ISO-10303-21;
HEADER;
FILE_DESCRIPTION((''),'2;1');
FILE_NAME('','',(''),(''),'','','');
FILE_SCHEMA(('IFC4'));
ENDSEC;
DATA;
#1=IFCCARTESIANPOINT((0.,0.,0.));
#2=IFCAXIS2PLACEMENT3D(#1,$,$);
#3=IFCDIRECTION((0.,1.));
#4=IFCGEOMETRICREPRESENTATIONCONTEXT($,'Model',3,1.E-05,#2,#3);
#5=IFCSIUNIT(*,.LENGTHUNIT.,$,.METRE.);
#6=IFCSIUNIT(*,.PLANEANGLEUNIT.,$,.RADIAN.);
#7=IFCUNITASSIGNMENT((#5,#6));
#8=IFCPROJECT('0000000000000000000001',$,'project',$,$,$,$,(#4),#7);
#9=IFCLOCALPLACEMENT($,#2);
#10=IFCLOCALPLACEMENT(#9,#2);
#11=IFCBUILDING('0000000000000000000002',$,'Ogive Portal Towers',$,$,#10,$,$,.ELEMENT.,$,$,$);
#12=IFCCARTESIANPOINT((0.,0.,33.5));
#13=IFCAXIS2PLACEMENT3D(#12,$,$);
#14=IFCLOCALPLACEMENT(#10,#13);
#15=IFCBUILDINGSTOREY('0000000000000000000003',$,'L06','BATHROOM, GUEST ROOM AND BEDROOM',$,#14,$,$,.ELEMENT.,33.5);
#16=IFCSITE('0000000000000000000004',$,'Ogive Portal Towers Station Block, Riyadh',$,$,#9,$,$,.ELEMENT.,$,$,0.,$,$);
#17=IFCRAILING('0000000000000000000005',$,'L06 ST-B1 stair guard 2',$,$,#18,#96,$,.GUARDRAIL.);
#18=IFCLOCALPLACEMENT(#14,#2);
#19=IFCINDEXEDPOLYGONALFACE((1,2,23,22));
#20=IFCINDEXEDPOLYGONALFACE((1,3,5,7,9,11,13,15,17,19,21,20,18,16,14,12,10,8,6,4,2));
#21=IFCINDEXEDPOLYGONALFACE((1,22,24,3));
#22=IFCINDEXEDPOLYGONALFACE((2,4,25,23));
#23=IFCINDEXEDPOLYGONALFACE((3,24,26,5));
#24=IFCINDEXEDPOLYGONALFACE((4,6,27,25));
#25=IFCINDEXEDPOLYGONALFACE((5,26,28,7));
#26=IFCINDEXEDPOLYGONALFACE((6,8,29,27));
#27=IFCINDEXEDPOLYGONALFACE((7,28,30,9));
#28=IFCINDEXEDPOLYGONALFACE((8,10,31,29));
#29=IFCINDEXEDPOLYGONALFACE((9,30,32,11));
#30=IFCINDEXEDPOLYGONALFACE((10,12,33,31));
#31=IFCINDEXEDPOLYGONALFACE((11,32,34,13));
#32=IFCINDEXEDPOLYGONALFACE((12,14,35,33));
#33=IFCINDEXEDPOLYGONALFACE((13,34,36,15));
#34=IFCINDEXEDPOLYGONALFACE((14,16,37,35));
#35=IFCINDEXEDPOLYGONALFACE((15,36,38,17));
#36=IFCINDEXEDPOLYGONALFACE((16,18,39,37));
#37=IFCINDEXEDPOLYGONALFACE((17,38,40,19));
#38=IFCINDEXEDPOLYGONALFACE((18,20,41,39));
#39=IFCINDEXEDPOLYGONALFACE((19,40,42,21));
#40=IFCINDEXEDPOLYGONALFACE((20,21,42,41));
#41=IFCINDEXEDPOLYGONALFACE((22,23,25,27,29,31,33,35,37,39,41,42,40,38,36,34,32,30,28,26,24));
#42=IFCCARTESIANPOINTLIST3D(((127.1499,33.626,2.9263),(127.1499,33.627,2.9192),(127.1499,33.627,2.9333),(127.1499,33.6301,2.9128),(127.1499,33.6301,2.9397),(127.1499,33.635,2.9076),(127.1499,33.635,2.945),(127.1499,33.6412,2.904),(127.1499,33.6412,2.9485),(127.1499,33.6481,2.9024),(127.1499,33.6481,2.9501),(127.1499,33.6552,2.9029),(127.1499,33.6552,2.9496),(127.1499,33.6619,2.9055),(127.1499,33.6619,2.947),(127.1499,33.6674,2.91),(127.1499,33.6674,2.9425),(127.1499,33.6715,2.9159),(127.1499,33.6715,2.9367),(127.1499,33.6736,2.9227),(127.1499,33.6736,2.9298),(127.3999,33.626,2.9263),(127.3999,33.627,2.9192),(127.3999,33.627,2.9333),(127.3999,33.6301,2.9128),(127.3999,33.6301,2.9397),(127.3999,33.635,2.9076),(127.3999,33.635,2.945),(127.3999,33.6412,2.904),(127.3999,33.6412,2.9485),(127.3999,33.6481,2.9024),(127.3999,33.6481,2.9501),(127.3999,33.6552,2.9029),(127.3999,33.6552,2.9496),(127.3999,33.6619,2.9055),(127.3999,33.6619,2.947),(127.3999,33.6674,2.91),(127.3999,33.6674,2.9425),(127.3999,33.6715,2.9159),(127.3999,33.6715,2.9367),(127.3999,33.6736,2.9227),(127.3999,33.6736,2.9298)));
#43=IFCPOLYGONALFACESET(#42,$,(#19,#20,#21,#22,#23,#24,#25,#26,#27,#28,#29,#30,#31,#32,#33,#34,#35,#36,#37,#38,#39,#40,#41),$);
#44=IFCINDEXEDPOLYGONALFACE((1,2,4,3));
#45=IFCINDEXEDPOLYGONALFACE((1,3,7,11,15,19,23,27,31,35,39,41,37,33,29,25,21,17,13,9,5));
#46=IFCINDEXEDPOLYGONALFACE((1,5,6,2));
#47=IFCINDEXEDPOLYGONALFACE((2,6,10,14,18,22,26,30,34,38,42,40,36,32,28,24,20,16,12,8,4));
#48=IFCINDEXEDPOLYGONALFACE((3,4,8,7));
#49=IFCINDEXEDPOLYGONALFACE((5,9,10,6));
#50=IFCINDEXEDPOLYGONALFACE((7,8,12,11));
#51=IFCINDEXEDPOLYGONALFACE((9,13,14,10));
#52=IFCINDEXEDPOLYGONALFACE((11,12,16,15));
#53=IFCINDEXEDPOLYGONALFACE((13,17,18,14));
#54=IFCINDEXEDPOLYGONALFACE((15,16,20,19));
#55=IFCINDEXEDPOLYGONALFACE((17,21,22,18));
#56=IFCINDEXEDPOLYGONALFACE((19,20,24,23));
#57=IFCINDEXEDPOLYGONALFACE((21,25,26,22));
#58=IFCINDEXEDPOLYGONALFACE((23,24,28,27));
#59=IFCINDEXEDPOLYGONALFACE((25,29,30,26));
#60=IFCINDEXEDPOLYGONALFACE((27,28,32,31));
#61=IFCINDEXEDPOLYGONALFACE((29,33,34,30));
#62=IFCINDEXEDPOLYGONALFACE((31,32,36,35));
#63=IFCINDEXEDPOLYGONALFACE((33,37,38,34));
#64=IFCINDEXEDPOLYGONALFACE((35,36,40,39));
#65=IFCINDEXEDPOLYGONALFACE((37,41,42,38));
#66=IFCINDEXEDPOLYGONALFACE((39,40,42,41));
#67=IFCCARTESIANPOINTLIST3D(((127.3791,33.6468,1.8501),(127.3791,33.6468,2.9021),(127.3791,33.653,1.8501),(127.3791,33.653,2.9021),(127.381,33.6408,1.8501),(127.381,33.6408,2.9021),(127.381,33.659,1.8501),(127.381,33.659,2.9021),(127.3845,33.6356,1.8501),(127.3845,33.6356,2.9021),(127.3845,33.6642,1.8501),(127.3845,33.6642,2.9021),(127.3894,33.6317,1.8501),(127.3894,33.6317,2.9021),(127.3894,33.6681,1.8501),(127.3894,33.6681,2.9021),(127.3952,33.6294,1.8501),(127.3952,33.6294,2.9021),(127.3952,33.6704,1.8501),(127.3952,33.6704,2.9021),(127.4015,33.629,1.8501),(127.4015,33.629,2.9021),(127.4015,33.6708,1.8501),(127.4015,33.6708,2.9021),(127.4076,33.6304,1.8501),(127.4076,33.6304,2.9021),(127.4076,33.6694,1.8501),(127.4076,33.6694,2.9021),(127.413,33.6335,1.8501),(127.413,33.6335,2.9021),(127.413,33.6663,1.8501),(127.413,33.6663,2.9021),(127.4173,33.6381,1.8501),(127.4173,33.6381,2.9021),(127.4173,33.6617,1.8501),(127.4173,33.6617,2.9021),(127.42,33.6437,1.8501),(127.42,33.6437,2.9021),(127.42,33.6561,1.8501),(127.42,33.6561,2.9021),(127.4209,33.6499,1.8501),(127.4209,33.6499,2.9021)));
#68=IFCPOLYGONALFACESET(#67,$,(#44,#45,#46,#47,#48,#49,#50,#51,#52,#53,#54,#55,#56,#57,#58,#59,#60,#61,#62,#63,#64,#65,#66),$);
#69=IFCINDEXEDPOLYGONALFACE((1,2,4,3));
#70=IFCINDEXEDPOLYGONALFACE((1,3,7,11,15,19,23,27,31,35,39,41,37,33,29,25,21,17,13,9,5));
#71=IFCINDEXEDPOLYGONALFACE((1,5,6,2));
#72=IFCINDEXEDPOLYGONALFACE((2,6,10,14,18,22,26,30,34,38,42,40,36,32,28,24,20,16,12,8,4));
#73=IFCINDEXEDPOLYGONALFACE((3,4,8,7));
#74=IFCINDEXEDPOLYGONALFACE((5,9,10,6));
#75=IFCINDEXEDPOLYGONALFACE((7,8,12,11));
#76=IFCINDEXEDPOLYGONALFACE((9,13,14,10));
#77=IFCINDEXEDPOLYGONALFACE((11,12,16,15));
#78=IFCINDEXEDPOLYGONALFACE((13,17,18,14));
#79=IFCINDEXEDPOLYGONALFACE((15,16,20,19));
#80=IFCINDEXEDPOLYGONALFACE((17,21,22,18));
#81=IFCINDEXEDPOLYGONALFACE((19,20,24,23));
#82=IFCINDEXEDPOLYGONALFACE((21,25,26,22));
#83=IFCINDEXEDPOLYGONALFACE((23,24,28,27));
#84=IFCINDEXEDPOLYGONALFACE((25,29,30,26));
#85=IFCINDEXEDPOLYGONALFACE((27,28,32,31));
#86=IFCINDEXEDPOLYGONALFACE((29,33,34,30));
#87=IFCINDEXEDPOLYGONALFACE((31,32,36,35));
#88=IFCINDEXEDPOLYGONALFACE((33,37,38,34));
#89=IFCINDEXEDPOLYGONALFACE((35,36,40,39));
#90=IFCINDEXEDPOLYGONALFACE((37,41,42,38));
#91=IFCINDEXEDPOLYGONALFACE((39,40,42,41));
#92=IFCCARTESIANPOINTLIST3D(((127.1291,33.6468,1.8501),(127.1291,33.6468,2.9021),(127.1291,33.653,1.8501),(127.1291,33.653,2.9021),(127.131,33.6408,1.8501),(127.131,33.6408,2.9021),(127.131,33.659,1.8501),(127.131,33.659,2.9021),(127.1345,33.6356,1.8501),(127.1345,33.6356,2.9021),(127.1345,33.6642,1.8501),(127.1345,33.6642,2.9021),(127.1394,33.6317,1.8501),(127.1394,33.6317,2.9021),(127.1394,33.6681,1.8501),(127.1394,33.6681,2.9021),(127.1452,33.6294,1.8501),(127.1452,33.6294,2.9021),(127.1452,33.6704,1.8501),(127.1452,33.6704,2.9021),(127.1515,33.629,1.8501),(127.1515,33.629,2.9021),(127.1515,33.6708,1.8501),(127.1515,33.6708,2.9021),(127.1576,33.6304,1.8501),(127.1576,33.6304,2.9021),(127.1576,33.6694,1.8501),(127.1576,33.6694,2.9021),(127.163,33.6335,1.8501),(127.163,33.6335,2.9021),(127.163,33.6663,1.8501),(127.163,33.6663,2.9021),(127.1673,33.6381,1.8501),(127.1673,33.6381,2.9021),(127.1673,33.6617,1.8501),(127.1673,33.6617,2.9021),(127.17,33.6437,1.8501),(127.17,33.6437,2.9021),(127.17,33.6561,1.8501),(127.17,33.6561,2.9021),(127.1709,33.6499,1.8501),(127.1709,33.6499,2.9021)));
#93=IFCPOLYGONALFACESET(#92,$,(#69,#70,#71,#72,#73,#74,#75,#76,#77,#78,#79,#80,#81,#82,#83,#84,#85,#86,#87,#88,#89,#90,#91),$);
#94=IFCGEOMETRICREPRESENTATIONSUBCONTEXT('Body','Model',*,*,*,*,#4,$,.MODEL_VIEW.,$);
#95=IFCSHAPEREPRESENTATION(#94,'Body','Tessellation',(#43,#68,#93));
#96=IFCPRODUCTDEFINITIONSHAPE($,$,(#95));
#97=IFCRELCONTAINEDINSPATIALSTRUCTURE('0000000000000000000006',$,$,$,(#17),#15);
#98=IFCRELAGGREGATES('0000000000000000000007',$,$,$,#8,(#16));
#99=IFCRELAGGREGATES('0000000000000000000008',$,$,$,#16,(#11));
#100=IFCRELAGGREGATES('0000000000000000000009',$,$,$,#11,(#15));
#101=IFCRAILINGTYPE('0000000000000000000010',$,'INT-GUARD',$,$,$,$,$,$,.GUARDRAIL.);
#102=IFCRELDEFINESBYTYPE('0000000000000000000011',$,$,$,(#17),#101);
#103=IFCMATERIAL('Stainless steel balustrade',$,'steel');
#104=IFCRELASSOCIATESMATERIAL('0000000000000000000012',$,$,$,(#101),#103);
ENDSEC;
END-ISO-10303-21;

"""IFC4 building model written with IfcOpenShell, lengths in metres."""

from ifc_helpers import new_model, si_unit, direction, frame, origin, origin_2d, place, context, subcontext, project, spatial, circle, extrude, material, type_object, element, save


model = new_model("IFC4")

# Units and contexts
model_context = context("Model", 3, precision=1e-05, world=origin(), true_north=direction((0.0, 1.0)))
body_context = subcontext(model_context, "Body", "Model", "MODEL_VIEW")
ifc_project = project(units=[si_unit("LENGTHUNIT", "METRE"), si_unit("PLANEANGLEUNIT", "RADIAN")], contexts=[model_context])

# Site, building, storey
site_placement = place(None, origin())
site = spatial("IfcSite", under=ifc_project, at=site_placement, Name="Ogive Portal Towers Station Block, Riyadh", CompositionType="ELEMENT", RefElevation=0.0)
building_placement = place(site_placement, origin())
building = spatial("IfcBuilding", under=site, at=building_placement, Name="Ogive Portal Towers", CompositionType="ELEMENT")
storey_placement = place(building_placement, frame((0.0, 0.0, 33.5)))
storey = spatial("IfcBuildingStorey", under=building, at=storey_placement, Name="L06", Description="BATHROOM, GUEST ROOM AND BEDROOM", CompositionType="ELEMENT", Elevation=33.5)

# Railing
ifc_material_1 = material(Name="Stainless steel balustrade", Category="steel")
railing_type_1 = type_object("IfcRailingType", Name="INT-GUARD", PredefinedType="GUARDRAIL", material=ifc_material_1)
railing_1_placement = place(storey_placement, frame((127.3999, 33.6499, 1.8501)))
element("IfcRailing", 1, at=railing_1_placement, inside=storey, type_object=railing_type_1, Name="L06 ST-B1 stair guard 2", PredefinedType="GUARDRAIL", context=body_context, shape_type="SweptSolid", body=[
    extrude(circle(Radius=0.0239, at=origin_2d()), frame((0.0, 0.0, 1.0762), z_axis=(-1.0, 0.0, 0.0), x_axis=(0.0, -1.0, 0.0)), (0.0, 0.0, 1.0), 0.25),
    extrude(circle(Radius=0.021, at=origin_2d()), origin(), (0.0, 0.0, 1.0), 1.052),
    extrude(circle(Radius=0.021, at=origin_2d()), frame((-0.25, 0.0, 0.0)), (0.0, 0.0, 1.0), 1.052),
])

save(model, "model.ifc")
